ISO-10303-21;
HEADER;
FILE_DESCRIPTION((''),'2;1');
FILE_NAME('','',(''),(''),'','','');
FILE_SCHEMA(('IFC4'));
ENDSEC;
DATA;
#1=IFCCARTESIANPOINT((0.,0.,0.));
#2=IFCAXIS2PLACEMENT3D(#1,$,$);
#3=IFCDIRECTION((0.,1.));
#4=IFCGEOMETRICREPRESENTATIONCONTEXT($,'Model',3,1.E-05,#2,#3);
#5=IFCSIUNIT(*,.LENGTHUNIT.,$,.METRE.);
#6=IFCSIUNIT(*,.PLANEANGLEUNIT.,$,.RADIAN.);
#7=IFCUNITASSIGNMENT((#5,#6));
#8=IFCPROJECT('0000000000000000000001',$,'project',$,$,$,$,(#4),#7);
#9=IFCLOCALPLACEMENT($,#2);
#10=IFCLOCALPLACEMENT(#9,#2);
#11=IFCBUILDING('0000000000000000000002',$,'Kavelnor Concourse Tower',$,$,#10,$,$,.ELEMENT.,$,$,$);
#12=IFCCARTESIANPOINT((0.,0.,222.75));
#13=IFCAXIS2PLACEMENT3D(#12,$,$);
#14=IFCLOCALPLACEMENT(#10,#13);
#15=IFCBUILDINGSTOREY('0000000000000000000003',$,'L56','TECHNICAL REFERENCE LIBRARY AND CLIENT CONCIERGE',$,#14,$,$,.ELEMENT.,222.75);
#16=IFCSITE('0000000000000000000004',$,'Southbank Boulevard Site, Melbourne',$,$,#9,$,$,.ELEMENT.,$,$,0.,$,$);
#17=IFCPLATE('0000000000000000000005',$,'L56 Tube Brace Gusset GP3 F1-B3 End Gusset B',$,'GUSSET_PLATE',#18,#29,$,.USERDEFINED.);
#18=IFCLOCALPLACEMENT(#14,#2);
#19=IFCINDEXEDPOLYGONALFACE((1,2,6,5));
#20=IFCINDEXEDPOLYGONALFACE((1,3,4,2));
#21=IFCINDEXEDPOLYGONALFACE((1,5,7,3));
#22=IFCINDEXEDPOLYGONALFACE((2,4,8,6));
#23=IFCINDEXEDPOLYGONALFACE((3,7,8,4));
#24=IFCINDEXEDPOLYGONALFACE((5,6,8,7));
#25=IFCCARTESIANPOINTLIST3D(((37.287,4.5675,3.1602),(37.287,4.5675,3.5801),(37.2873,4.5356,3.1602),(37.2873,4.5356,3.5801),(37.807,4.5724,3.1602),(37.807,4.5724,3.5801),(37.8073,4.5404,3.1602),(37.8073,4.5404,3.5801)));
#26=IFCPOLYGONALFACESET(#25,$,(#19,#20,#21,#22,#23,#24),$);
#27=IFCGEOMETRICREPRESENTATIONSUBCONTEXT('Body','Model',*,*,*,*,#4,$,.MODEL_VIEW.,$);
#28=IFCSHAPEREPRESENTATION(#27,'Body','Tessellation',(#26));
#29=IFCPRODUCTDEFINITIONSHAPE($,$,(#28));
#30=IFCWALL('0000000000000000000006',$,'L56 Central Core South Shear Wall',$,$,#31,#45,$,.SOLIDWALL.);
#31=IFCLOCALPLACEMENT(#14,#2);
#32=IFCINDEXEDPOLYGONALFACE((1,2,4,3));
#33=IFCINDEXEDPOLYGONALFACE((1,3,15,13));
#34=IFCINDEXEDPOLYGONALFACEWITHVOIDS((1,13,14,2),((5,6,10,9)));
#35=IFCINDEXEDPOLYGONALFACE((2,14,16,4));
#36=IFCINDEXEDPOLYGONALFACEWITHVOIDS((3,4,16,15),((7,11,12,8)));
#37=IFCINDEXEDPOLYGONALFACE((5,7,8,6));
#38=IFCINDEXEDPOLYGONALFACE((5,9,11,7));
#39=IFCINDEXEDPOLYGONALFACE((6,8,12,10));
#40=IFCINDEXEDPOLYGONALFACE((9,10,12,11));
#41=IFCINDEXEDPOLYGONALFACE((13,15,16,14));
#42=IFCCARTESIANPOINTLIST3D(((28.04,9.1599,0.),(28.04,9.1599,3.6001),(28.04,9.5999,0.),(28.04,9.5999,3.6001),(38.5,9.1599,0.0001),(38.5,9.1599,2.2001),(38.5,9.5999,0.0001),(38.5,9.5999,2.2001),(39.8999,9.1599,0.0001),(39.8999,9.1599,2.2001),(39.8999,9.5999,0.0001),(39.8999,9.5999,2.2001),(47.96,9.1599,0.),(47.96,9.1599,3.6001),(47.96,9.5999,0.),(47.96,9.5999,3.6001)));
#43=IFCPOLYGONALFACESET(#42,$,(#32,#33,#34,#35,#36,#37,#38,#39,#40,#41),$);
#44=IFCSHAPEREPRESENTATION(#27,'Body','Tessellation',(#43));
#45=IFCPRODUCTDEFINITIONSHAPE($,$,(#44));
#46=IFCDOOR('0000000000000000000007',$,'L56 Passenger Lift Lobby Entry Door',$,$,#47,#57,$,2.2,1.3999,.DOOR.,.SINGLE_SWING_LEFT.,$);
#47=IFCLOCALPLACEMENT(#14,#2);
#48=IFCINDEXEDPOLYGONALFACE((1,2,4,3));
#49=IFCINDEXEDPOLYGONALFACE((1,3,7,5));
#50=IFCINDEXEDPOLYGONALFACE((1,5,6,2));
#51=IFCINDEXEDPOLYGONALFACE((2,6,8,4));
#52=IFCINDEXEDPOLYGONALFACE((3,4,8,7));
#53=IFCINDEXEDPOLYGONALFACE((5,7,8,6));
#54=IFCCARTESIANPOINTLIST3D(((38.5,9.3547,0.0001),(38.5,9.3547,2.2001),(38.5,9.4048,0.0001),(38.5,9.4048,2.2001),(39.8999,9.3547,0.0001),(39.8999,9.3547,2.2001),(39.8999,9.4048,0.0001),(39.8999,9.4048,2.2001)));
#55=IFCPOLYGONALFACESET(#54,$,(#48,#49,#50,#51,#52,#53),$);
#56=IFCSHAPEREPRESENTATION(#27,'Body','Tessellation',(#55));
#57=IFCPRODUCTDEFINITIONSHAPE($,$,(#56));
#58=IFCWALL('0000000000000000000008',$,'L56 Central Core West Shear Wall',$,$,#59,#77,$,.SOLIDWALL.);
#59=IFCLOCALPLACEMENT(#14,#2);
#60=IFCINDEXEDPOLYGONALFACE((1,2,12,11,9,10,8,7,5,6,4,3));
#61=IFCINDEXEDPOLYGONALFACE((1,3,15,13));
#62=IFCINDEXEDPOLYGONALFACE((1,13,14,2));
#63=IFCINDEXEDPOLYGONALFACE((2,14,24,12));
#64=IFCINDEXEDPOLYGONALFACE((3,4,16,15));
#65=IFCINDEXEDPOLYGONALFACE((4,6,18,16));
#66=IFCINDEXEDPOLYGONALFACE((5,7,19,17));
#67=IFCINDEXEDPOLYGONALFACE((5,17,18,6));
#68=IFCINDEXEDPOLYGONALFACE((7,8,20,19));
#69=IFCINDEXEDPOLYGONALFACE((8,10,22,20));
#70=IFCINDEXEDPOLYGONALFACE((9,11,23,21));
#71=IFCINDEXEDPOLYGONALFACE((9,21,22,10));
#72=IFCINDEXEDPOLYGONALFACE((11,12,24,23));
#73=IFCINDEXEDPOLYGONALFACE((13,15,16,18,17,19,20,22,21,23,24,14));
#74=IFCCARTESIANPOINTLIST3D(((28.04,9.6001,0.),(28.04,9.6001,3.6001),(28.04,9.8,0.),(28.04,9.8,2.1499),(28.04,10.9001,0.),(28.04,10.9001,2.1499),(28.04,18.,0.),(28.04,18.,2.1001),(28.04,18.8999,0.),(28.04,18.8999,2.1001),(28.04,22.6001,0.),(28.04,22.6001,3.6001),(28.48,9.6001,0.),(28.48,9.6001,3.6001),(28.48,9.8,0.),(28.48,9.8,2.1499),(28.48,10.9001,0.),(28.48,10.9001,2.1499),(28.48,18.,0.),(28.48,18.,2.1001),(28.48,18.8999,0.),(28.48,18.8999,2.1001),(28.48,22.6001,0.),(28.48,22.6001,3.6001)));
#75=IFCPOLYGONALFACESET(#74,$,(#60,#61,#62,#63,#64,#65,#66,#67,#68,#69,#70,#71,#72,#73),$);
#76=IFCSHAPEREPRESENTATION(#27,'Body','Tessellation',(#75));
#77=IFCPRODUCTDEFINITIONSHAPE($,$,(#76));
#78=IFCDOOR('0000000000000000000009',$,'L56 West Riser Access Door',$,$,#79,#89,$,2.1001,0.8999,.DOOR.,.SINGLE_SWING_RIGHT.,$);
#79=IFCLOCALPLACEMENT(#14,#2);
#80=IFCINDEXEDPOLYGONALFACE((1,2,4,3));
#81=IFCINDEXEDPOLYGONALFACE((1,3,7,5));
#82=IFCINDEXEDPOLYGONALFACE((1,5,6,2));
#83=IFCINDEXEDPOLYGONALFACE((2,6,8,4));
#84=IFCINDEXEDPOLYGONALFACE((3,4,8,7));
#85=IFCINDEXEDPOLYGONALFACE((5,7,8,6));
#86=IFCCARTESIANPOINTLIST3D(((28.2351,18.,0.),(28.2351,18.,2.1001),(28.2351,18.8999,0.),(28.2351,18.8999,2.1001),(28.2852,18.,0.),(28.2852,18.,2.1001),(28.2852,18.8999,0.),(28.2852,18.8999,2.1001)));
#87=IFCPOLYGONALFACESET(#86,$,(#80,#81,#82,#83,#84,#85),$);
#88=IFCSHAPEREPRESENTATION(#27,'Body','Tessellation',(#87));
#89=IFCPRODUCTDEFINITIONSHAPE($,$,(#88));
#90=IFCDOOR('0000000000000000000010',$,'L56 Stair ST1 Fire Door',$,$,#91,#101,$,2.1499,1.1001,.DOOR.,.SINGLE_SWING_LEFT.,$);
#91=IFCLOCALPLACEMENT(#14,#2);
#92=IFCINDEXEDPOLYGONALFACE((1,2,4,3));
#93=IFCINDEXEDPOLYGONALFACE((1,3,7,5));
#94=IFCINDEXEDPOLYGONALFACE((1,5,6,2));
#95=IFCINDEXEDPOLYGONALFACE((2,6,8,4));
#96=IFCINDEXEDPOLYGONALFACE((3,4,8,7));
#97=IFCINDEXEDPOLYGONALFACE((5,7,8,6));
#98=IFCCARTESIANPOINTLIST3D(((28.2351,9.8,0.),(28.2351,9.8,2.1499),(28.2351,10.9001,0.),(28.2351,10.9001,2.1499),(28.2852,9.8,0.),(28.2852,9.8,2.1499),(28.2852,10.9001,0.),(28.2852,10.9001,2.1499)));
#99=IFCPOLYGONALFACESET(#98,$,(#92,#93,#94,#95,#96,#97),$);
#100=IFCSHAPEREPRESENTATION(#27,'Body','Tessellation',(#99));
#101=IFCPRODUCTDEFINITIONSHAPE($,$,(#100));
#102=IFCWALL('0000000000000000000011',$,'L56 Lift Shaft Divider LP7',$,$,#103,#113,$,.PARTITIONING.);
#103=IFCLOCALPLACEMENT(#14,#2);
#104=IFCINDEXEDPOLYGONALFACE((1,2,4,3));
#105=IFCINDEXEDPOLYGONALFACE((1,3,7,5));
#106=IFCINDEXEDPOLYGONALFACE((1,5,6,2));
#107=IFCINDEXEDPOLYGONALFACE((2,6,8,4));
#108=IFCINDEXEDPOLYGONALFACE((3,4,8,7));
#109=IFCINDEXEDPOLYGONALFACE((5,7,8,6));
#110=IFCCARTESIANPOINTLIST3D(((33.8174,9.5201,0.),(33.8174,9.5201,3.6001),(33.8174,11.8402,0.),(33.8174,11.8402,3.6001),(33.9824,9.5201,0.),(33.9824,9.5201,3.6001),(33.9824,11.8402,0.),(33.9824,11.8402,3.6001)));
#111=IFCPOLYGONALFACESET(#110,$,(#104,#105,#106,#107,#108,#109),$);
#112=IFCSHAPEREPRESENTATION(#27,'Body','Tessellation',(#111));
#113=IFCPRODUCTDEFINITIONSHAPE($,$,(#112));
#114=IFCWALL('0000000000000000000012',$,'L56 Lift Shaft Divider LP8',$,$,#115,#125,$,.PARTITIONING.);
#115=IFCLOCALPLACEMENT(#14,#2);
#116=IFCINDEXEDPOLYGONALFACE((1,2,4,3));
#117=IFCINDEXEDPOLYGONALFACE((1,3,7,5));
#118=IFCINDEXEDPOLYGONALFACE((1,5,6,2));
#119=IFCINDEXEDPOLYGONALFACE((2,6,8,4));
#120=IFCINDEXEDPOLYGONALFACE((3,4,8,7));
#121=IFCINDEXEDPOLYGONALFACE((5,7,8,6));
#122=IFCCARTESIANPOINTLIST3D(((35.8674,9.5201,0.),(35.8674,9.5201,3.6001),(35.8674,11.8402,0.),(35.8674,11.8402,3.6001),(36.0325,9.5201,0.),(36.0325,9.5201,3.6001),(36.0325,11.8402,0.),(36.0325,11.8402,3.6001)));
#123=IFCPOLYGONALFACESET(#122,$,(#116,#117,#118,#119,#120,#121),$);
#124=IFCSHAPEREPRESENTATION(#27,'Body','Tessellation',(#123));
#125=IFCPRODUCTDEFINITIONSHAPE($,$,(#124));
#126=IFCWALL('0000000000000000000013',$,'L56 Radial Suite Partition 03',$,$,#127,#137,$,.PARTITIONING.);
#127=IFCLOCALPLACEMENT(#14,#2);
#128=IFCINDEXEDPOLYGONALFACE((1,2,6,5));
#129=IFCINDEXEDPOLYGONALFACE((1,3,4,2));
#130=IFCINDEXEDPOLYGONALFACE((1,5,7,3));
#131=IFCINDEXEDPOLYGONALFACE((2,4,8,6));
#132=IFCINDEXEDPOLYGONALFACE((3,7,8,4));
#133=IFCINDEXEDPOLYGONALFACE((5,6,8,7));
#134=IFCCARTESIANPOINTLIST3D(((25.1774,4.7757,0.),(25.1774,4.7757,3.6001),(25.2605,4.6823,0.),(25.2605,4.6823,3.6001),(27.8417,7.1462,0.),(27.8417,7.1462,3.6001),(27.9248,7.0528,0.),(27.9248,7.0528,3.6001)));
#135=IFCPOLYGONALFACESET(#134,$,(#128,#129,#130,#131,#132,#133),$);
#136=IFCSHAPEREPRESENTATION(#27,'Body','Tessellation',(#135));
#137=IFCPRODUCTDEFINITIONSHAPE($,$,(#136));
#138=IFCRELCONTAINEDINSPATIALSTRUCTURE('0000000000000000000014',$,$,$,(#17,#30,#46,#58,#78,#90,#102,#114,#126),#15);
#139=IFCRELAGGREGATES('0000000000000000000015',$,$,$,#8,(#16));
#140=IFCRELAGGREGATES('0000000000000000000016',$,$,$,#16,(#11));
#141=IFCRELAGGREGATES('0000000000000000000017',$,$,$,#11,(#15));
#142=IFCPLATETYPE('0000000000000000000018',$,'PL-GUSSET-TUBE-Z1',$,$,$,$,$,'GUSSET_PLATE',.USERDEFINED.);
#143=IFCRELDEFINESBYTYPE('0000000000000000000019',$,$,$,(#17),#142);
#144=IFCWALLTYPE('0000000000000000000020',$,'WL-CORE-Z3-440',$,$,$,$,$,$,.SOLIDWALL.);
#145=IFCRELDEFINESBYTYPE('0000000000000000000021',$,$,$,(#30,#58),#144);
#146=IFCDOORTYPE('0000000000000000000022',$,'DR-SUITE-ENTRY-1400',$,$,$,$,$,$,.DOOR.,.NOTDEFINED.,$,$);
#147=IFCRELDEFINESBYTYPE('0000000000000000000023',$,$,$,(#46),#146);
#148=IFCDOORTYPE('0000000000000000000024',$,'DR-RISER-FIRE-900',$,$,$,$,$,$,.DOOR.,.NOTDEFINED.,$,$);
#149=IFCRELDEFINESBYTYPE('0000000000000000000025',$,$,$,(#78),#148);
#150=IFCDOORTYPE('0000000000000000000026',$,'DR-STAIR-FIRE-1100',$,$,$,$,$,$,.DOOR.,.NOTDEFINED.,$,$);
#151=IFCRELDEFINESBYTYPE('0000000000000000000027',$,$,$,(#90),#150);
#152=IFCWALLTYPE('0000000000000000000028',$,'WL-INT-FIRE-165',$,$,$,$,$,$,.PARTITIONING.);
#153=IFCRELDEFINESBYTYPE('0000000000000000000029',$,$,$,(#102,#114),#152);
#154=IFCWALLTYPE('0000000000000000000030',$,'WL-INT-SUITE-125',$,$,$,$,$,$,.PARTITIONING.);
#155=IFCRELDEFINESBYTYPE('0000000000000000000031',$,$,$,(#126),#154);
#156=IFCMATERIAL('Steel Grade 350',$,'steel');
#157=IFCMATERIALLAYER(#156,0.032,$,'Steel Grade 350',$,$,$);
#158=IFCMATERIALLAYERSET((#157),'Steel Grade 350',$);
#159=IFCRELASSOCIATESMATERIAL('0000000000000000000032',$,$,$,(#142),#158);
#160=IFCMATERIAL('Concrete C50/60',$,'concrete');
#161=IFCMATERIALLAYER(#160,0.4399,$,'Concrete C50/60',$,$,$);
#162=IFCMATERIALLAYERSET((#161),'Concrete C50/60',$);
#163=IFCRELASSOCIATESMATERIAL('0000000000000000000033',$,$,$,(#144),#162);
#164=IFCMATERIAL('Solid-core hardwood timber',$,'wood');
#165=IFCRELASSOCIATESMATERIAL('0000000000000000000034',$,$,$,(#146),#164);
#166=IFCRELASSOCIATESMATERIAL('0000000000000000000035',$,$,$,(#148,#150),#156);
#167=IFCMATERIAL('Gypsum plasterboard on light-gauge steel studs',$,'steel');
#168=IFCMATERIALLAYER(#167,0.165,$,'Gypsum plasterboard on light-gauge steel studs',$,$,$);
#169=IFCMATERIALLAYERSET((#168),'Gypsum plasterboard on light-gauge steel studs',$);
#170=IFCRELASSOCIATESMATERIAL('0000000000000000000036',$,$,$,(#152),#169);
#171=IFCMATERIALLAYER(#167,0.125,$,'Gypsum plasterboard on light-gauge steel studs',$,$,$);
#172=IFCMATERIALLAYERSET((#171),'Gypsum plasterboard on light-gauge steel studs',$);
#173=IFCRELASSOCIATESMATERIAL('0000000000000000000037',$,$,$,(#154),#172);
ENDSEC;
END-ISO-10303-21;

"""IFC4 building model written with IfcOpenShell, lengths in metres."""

from ifc_helpers import new_model, si_unit, direction, frame, frame_2d, origin, origin_2d, place, context, subcontext, project, spatial, rectangle, extrude, material, layer, layer_set, type_object, element, fill, save


model = new_model("IFC4")

# Units and contexts
model_context = context("Model", 3, precision=1e-05, world=origin(), true_north=direction((0.0, 1.0)))
body_context = subcontext(model_context, "Body", "Model", "MODEL_VIEW")
ifc_project = project(units=[si_unit("LENGTHUNIT", "METRE"), si_unit("PLANEANGLEUNIT", "RADIAN")], contexts=[model_context])

# Site, building, storey
site_placement = place(None, origin())
site = spatial("IfcSite", under=ifc_project, at=site_placement, Name="Southbank Boulevard Site, Melbourne", CompositionType="ELEMENT", RefElevation=0.0)
building_placement = place(site_placement, origin())
building = spatial("IfcBuilding", under=site, at=building_placement, Name="Kavelnor Concourse Tower", CompositionType="ELEMENT")
storey_placement = place(building_placement, frame((0.0, 0.0, 222.75)))
storey = spatial("IfcBuildingStorey", under=building, at=storey_placement, Name="L56", Description="TECHNICAL REFERENCE LIBRARY AND CLIENT CONCIERGE", CompositionType="ELEMENT", Elevation=222.75)

# Shared definitions
ifc_material_1 = material(Name="Steel Grade 350", Category="steel")

# Plate
ifc_layer_1 = layer(ifc_material_1, 0.032, Name="Steel Grade 350")
ifc_layer_set_1 = layer_set([ifc_layer_1], Name="Steel Grade 350")
plate_type = type_object("IfcPlateType", Name="PL-GUSSET-TUBE-Z1", ElementType="GUSSET_PLATE", PredefinedType="USERDEFINED", material=ifc_layer_set_1)
plate_placement = place(storey_placement, frame((37.5471, 4.554, 3.1602), z_axis=(0.0, 0.0, 1.0), x_axis=(-0.999957, -0.00925, 0.0)))
element("IfcPlate", 1, at=plate_placement, inside=storey, type_object=plate_type, Name="L56 Tube Brace Gusset GP3 F1-B3 End Gusset B", ObjectType="GUSSET_PLATE", PredefinedType="USERDEFINED", context=body_context, shape_type="SweptSolid", body=[
    extrude(rectangle(XDim=0.52, YDim=0.032, at=origin_2d()), origin(), (0.0, 0.0, 1.0), 0.4199),
])

# Wall, opening, door
ifc_material_2 = material(Name="Concrete C50/60", Category="concrete")
ifc_layer_2 = layer(ifc_material_2, 0.4399, Name="Concrete C50/60")
ifc_layer_set_2 = layer_set([ifc_layer_2], Name="Concrete C50/60")
wall_type_1 = type_object("IfcWallType", Name="WL-CORE-Z3-440", PredefinedType="SOLIDWALL", material=ifc_layer_set_2)
wall_1_placement = place(storey_placement, frame((28.04, 9.3799, 0.0), z_axis=(0.0, 0.0, 1.0), x_axis=(1.0, 0.0, 0.0)))
wall_1 = element("IfcWall", 2, at=wall_1_placement, inside=storey, type_object=wall_type_1, Name="L56 Central Core South Shear Wall", PredefinedType="SOLIDWALL", context=body_context, shape_type="SweptSolid", body=[
    extrude(rectangle(XDim=19.9199, YDim=0.4399, at=frame_2d((9.96, 0.0))), origin(), (0.0, 0.0, 1.0), 3.6001),
])
opening_1_placement = place(wall_1_placement, frame((10.46, 0.0, 0.0)))
opening_1 = element("IfcOpeningElement", 3, at=opening_1_placement, cuts=wall_1, PredefinedType="OPENING", context=body_context, shape_type="SweptSolid", body=[
    extrude(rectangle(XDim=1.3999, YDim=2.2, at=frame_2d((0.7, 1.1001))), frame((0.0, 0.23, 0.0), z_axis=(0.0, -1.0, 0.0), x_axis=(1.0, 0.0, 0.0)), (0.0, 0.0, 1.0), 0.46),
])
ifc_material_3 = material(Name="Solid-core hardwood timber", Category="wood")
door_type_1 = type_object("IfcDoorType", Name="DR-SUITE-ENTRY-1400", OperationType="NOTDEFINED", PredefinedType="DOOR", material=ifc_material_3)
door_1_placement = place(opening_1_placement, origin())
door_1 = element("IfcDoor", 4, at=door_1_placement, inside=storey, type_object=door_type_1, Name="L56 Passenger Lift Lobby Entry Door", OperationType="SINGLE_SWING_LEFT", OverallHeight=2.2, OverallWidth=1.3999, PredefinedType="DOOR", context=body_context, shape_type="SweptSolid", body=[
    extrude(rectangle(XDim=1.3999, YDim=2.2, at=frame_2d((0.7, 1.1001))), frame((0.0, 0.0249, 0.0), z_axis=(0.0, -1.0, 0.0), x_axis=(1.0, 0.0, 0.0)), (0.0, 0.0, 1.0), 0.05),
])
fill(opening_1, door_1)

# Wall, openings, doors
wall_2_placement = place(storey_placement, frame((28.26, 9.6001, 0.0), z_axis=(0.0, 0.0, 1.0), x_axis=(0.0, 1.0, 0.0)))
wall_2 = element("IfcWall", 5, at=wall_2_placement, inside=storey, type_object=wall_type_1, Name="L56 Central Core West Shear Wall", PredefinedType="SOLIDWALL", context=body_context, shape_type="SweptSolid", body=[
    extrude(rectangle(XDim=13.0, YDim=0.4399, at=frame_2d((6.5, 0.0))), origin(), (0.0, 0.0, 1.0), 3.6001),
])
opening_2_placement = place(wall_2_placement, frame((0.2, 0.0, 0.0)))
opening_2 = element("IfcOpeningElement", 6, at=opening_2_placement, cuts=wall_2, PredefinedType="OPENING", context=body_context, shape_type="SweptSolid", body=[
    extrude(rectangle(XDim=1.1001, YDim=2.1499, at=frame_2d((0.55, 1.075))), frame((0.0, 0.23, 0.0), z_axis=(0.0, -1.0, 0.0), x_axis=(1.0, 0.0, 0.0)), (0.0, 0.0, 1.0), 0.46),
])
opening_3_placement = place(wall_2_placement, frame((8.3999, 0.0, 0.0)))
opening_3 = element("IfcOpeningElement", 7, at=opening_3_placement, cuts=wall_2, PredefinedType="OPENING", context=body_context, shape_type="SweptSolid", body=[
    extrude(rectangle(XDim=0.8999, YDim=2.1001, at=frame_2d((0.45, 1.05))), frame((0.0, 0.23, 0.0), z_axis=(0.0, -1.0, 0.0), x_axis=(1.0, 0.0, 0.0)), (0.0, 0.0, 1.0), 0.46),
])
door_type_2 = type_object("IfcDoorType", Name="DR-RISER-FIRE-900", OperationType="NOTDEFINED", PredefinedType="DOOR", material=ifc_material_1)
door_2_placement = place(opening_3_placement, origin())
door_2 = element("IfcDoor", 8, at=door_2_placement, inside=storey, type_object=door_type_2, Name="L56 West Riser Access Door", OperationType="SINGLE_SWING_RIGHT", OverallHeight=2.1001, OverallWidth=0.8999, PredefinedType="DOOR", context=body_context, shape_type="SweptSolid", body=[
    extrude(rectangle(XDim=0.8999, YDim=2.1001, at=frame_2d((0.45, 1.05))), frame((0.0, 0.0249, 0.0), z_axis=(0.0, -1.0, 0.0), x_axis=(1.0, 0.0, 0.0)), (0.0, 0.0, 1.0), 0.05),
])
fill(opening_3, door_2)
door_type_3 = type_object("IfcDoorType", Name="DR-STAIR-FIRE-1100", OperationType="NOTDEFINED", PredefinedType="DOOR", material=ifc_material_1)
door_3_placement = place(opening_2_placement, origin())
door_3 = element("IfcDoor", 9, at=door_3_placement, inside=storey, type_object=door_type_3, Name="L56 Stair ST1 Fire Door", OperationType="SINGLE_SWING_LEFT", OverallHeight=2.1499, OverallWidth=1.1001, PredefinedType="DOOR", context=body_context, shape_type="SweptSolid", body=[
    extrude(rectangle(XDim=1.1001, YDim=2.1499, at=frame_2d((0.55, 1.075))), frame((0.0, 0.0249, 0.0), z_axis=(0.0, -1.0, 0.0), x_axis=(1.0, 0.0, 0.0)), (0.0, 0.0, 1.0), 0.05),
])
fill(opening_2, door_3)

# Walls
ifc_material_4 = material(Name="Gypsum plasterboard on light-gauge steel studs", Category="steel")
ifc_layer_3 = layer(ifc_material_4, 0.165, Name="Gypsum plasterboard on light-gauge steel studs")
ifc_layer_set_3 = layer_set([ifc_layer_3], Name="Gypsum plasterboard on light-gauge steel studs")
wall_type_2 = type_object("IfcWallType", Name="WL-INT-FIRE-165", PredefinedType="PARTITIONING", material=ifc_layer_set_3)
for number, where, z_axis, x_axis, name in (
    (10, (33.8999, 9.52, 0.0), (0.0, 0.0, 1.0), (0.0, 1.0, 0.0), "L56 Lift Shaft Divider LP7"),
    (11, (35.95, 9.52, 0.0), (0.0, 0.0, 1.0), (0.0, 1.0, 0.0), "L56 Lift Shaft Divider LP8"),
):
    element("IfcWall", number, at=place(storey_placement, frame(where, z_axis=z_axis, x_axis=x_axis)), inside=storey, type_object=wall_type_2, Name=name, PredefinedType="PARTITIONING", context=body_context, shape_type="SweptSolid", body=[
        extrude(rectangle(XDim=2.3201, YDim=0.165, at=frame_2d((1.1602, 0.0))), origin(), (0.0, 0.0, 1.0), 3.6001),
    ])
ifc_layer_4 = layer(ifc_material_4, 0.125, Name="Gypsum plasterboard on light-gauge steel studs")
ifc_layer_set_4 = layer_set([ifc_layer_4], Name="Gypsum plasterboard on light-gauge steel studs")
wall_type_3 = type_object("IfcWallType", Name="WL-INT-SUITE-125", PredefinedType="PARTITIONING", material=ifc_layer_set_4)
wall_3_placement = place(storey_placement, frame((27.8833, 7.0996, 0.0), z_axis=(0.0, 0.0, 1.0), x_axis=(-0.747084, -0.664729, 0.0)))
element("IfcWall", 12, at=wall_3_placement, inside=storey, type_object=wall_type_3, Name="L56 Radial Suite Partition 03", PredefinedType="PARTITIONING", context=body_context, shape_type="SweptSolid", body=[
    extrude(rectangle(XDim=3.5662, YDim=0.125, at=frame_2d((1.7832, 0.0))), origin(), (0.0, 0.0, 1.0), 3.6001),
])

save(model, "model.ifc")
